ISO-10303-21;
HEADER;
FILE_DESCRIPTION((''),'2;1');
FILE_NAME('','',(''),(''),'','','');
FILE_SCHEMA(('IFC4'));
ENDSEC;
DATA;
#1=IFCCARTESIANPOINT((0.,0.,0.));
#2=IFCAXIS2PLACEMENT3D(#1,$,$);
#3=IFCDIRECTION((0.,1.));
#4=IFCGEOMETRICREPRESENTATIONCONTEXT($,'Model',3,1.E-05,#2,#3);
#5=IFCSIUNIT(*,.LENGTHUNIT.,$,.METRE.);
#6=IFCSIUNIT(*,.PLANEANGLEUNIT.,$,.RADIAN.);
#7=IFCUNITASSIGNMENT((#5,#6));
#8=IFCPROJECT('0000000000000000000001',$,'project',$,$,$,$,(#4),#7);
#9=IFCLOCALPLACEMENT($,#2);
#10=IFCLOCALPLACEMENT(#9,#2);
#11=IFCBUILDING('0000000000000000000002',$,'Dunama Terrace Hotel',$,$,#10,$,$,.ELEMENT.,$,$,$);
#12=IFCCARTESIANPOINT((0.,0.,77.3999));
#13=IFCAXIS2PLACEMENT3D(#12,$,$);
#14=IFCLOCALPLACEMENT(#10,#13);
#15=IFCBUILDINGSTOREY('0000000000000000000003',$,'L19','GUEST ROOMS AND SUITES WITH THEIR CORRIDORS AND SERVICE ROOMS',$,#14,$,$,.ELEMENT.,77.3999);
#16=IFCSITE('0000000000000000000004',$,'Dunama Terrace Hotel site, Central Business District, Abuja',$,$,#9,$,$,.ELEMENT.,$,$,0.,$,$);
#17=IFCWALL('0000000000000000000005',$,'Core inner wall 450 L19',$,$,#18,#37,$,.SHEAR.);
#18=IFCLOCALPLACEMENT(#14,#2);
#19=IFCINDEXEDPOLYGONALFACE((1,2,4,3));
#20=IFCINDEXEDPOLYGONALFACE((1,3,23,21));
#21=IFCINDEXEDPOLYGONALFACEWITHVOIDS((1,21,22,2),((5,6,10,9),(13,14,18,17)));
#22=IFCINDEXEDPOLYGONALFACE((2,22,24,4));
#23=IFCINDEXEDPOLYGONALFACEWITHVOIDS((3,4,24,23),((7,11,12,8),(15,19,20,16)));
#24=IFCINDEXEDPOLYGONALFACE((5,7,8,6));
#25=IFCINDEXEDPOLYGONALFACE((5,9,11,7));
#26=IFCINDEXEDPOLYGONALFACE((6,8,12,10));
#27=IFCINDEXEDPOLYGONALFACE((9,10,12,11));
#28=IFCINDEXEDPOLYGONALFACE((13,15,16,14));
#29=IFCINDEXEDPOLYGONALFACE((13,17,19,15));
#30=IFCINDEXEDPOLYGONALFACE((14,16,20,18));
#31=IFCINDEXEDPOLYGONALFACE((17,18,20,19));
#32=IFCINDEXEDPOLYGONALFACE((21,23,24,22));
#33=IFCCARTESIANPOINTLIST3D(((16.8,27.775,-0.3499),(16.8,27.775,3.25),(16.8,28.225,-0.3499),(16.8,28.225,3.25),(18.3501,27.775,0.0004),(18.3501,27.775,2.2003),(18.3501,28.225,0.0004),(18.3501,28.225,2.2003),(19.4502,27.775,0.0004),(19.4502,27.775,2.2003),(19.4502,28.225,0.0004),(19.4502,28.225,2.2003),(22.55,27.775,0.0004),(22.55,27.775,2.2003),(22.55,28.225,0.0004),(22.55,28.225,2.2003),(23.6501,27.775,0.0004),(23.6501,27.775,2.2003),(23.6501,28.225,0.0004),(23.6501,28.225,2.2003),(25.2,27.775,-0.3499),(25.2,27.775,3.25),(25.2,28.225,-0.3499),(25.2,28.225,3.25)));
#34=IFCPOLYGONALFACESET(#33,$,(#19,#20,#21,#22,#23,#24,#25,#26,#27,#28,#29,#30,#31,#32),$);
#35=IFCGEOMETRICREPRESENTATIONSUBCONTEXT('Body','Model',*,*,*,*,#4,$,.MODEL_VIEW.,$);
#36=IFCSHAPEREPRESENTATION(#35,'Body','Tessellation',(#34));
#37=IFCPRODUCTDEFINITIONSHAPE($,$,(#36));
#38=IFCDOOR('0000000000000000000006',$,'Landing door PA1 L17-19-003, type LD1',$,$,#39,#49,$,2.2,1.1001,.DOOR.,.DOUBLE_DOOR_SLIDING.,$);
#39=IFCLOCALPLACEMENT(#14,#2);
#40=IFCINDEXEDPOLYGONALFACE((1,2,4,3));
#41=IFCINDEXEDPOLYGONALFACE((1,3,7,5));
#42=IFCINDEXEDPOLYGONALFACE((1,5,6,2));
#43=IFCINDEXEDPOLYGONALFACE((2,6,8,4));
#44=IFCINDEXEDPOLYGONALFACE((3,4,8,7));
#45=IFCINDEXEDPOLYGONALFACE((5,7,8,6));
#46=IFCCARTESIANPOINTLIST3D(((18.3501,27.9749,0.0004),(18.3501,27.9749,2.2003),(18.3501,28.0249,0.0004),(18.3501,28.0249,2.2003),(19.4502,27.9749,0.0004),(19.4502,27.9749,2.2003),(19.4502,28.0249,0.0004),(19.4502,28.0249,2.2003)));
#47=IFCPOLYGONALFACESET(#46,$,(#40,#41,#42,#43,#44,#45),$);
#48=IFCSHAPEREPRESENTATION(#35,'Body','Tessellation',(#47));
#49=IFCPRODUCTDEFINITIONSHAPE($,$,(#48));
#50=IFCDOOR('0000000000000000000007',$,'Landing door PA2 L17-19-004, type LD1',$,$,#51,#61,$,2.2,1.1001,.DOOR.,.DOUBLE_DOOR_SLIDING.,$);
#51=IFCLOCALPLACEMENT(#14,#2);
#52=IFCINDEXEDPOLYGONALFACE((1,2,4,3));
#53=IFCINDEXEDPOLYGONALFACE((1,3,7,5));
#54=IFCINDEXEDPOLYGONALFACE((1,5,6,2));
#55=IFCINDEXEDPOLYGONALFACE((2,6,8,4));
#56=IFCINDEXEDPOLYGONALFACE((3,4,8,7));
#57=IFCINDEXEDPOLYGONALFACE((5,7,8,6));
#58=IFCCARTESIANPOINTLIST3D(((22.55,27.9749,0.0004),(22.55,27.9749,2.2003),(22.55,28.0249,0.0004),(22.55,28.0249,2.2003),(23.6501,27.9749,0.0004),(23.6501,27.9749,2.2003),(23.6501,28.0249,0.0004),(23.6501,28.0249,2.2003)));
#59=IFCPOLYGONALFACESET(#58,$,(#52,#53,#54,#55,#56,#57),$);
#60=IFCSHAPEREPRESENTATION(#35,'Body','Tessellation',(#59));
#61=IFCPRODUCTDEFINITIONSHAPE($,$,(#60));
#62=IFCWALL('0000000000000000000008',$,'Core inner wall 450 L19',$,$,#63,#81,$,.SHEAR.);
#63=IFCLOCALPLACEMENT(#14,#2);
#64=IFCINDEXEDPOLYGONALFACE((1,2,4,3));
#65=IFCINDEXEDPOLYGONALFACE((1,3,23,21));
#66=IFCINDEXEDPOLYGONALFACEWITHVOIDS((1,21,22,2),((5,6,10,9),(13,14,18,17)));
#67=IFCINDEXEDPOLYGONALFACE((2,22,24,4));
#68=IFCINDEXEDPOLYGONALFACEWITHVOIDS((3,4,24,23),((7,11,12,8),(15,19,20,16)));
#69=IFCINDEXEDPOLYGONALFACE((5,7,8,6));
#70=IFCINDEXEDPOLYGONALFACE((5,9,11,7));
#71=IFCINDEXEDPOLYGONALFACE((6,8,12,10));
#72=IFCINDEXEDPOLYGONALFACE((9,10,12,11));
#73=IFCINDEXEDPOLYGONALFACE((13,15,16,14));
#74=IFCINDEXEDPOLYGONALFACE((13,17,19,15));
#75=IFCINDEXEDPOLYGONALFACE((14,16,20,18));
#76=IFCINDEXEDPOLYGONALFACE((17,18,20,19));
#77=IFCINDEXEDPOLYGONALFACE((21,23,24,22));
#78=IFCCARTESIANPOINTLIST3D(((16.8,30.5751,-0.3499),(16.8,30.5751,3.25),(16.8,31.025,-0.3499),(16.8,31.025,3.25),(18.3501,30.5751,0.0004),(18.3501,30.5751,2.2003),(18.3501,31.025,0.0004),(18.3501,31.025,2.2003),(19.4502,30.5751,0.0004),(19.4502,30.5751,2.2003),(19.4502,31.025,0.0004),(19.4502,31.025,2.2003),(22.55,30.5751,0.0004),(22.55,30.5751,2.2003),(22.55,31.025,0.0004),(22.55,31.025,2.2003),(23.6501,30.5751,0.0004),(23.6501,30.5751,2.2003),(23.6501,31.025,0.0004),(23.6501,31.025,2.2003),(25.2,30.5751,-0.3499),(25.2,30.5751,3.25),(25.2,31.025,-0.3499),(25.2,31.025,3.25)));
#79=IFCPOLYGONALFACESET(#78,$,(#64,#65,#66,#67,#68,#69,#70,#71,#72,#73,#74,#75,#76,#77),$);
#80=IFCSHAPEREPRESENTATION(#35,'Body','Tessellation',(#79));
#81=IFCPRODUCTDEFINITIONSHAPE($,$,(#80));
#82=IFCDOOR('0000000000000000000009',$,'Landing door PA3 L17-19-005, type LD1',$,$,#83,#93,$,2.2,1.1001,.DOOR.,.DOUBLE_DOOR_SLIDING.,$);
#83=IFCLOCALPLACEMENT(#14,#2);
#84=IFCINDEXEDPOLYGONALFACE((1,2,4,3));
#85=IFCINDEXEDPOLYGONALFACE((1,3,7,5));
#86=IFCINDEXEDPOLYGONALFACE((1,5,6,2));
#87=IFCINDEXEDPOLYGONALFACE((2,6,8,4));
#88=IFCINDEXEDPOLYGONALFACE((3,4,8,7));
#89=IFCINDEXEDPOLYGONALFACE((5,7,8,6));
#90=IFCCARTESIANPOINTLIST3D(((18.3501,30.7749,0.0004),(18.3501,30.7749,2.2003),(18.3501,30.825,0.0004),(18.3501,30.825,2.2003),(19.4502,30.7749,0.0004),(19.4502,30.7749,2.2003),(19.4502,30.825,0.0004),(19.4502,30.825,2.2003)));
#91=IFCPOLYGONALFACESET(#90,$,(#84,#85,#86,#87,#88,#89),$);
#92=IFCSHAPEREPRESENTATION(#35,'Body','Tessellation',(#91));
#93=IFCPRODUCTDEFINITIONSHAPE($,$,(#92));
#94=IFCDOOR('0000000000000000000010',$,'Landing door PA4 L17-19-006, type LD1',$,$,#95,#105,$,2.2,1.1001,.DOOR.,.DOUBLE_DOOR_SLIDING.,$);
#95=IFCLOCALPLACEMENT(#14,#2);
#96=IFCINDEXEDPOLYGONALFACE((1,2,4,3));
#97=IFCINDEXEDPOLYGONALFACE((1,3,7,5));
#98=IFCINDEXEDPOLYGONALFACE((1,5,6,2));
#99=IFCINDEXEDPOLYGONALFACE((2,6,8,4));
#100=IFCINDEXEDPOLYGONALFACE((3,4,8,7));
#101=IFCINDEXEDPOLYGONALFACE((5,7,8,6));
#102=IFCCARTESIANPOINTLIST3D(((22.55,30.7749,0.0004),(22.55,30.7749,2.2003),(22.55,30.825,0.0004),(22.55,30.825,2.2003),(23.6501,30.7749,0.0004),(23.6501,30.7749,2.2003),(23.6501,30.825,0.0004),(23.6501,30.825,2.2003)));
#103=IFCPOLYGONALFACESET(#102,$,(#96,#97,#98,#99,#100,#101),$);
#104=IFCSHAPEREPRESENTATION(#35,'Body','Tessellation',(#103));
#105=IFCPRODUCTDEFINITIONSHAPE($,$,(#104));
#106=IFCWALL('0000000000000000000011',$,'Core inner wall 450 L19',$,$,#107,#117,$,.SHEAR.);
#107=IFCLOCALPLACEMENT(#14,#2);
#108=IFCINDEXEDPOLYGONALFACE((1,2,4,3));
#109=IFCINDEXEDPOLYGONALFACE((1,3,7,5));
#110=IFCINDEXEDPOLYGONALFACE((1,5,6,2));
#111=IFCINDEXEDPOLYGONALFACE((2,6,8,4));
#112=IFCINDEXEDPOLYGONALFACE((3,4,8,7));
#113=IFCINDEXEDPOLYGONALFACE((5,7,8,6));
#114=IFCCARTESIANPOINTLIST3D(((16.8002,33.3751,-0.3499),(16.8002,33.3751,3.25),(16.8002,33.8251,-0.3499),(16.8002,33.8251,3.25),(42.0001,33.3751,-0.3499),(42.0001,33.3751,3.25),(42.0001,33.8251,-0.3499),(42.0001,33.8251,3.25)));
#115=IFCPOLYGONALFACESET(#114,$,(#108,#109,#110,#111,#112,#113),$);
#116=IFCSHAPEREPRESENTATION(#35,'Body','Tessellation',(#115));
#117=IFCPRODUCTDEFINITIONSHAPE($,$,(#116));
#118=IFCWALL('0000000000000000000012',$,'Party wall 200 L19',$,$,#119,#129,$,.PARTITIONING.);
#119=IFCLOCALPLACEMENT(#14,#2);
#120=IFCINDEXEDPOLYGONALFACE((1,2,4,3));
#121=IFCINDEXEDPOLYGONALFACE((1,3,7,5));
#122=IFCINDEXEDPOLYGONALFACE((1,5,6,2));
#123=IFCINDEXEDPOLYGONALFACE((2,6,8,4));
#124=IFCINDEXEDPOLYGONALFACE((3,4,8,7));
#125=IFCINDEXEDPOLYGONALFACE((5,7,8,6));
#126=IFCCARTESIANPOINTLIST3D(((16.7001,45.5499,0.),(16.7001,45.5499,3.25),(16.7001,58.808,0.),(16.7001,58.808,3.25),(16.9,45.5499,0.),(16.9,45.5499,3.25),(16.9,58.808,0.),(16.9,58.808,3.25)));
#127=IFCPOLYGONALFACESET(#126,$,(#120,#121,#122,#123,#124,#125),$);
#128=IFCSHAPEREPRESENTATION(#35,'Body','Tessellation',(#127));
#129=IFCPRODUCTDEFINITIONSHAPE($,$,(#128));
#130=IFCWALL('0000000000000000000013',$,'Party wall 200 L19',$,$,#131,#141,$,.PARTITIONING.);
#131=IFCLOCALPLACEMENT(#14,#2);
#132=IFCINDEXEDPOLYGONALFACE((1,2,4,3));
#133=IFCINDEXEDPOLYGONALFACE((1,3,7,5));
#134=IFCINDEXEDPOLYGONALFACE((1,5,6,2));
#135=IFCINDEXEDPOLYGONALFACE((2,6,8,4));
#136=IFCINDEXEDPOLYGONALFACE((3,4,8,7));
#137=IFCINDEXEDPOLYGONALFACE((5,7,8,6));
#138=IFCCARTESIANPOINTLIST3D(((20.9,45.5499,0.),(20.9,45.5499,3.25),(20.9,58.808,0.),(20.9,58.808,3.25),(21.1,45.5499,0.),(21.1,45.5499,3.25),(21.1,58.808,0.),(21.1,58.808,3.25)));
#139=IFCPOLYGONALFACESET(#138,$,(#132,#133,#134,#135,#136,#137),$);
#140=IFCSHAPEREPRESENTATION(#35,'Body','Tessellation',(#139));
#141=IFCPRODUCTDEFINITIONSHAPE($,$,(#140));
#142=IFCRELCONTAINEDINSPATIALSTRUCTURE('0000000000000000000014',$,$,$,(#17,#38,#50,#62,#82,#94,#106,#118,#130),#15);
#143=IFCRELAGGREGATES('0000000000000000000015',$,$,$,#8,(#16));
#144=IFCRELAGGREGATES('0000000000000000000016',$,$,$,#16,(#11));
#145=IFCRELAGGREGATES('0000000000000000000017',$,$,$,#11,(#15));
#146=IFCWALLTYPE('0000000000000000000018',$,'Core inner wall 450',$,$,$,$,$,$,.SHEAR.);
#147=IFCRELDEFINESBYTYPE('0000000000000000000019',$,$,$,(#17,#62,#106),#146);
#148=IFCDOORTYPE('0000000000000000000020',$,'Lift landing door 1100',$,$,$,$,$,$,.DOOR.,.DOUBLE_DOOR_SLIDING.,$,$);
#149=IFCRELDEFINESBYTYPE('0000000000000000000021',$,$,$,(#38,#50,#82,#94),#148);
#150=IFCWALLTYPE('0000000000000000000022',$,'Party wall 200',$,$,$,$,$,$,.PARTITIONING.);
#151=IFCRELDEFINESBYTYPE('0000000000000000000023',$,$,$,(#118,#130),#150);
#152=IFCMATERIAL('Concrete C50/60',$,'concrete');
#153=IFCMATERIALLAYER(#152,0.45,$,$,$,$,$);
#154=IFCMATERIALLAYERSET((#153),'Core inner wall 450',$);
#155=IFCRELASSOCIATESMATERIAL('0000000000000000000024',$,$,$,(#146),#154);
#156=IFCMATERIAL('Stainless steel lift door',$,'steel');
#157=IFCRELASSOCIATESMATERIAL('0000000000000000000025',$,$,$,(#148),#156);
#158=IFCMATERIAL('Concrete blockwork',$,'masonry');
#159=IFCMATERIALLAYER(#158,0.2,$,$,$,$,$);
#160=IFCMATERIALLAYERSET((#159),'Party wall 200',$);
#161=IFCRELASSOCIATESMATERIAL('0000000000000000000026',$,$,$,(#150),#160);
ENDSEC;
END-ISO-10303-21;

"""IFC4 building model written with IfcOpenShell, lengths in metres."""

from ifc_helpers import new_model, si_unit, direction, frame, frame_2d, origin, place, context, subcontext, project, spatial, rectangle, extrude, material, layer, layer_set, type_object, element, fill, save


model = new_model("IFC4")

# Units and contexts
model_context = context("Model", 3, precision=1e-05, world=origin(), true_north=direction((0.0, 1.0)))
body_context = subcontext(model_context, "Body", "Model", "MODEL_VIEW")
ifc_project = project(units=[si_unit("LENGTHUNIT", "METRE"), si_unit("PLANEANGLEUNIT", "RADIAN")], contexts=[model_context])

# Site, building, storey
site_placement = place(None, origin())
site = spatial("IfcSite", under=ifc_project, at=site_placement, Name="Dunama Terrace Hotel site, Central Business District, Abuja", CompositionType="ELEMENT", RefElevation=0.0)
building_placement = place(site_placement, origin())
building = spatial("IfcBuilding", under=site, at=building_placement, Name="Dunama Terrace Hotel", CompositionType="ELEMENT")
storey_placement = place(building_placement, frame((0.0, 0.0, 77.3999)))
storey = spatial("IfcBuildingStorey", under=building, at=storey_placement, Name="L19", Description="GUEST ROOMS AND SUITES WITH THEIR CORRIDORS AND SERVICE ROOMS", CompositionType="ELEMENT", Elevation=77.3999)

# Walls, openings, doors
ifc_material_1 = material(Name="Concrete C50/60", Category="concrete")
ifc_layer_1 = layer(ifc_material_1, 0.45)
ifc_layer_set_1 = layer_set([ifc_layer_1], Name="Core inner wall 450")
wall_type_1 = type_object("IfcWallType", Name="Core inner wall 450", PredefinedType="SHEAR", material=ifc_layer_set_1)
wall_1_placement = place(storey_placement, frame((16.8, 28.0, -0.3499), z_axis=(0.0, 0.0, 1.0), x_axis=(1.0, 0.0, 0.0)))
wall_1 = element("IfcWall", 1, at=wall_1_placement, inside=storey, type_object=wall_type_1, Name="Core inner wall 450 L19", PredefinedType="SHEAR", context=body_context, shape_type="SweptSolid", body=[
    extrude(rectangle(XDim=8.3999, YDim=0.45, at=frame_2d((4.2, 0.0))), origin(), (0.0, 0.0, 1.0), 3.5999),
])
opening_1_placement = place(wall_1_placement, frame((1.55, 0.0, 0.3501)))
opening_1 = element("IfcOpeningElement", 2, at=opening_1_placement, cuts=wall_1, PredefinedType="OPENING", context=body_context, shape_type="SweptSolid", body=[
    extrude(rectangle(XDim=1.1001, YDim=2.2, at=frame_2d((0.55, 1.1001))), frame((0.0, 0.2349, 0.0), z_axis=(0.0, -1.0, 0.0), x_axis=(1.0, 0.0, 0.0)), (0.0, 0.0, 1.0), 0.47),
])
opening_2_placement = place(wall_1_placement, frame((5.75, 0.0, 0.3501)))
opening_2 = element("IfcOpeningElement", 3, at=opening_2_placement, cuts=wall_1, PredefinedType="OPENING", context=body_context, shape_type="SweptSolid", body=[
    extrude(rectangle(XDim=1.1001, YDim=2.2, at=frame_2d((0.55, 1.1001))), frame((0.0, 0.2349, 0.0), z_axis=(0.0, -1.0, 0.0), x_axis=(1.0, 0.0, 0.0)), (0.0, 0.0, 1.0), 0.47),
])
ifc_material_2 = material(Name="Stainless steel lift door", Category="steel")
door_type_1 = type_object("IfcDoorType", Name="Lift landing door 1100", OperationType="DOUBLE_DOOR_SLIDING", PredefinedType="DOOR", material=ifc_material_2)
door_1_placement = place(opening_1_placement, origin())
door_1 = element("IfcDoor", 4, at=door_1_placement, inside=storey, type_object=door_type_1, Name="Landing door PA1 L17-19-003, type LD1", OperationType="DOUBLE_DOOR_SLIDING", OverallHeight=2.2, OverallWidth=1.1001, PredefinedType="DOOR", context=body_context, shape_type="SweptSolid", body=[
    extrude(rectangle(XDim=1.1001, YDim=2.2, at=frame_2d((0.55, 1.1001))), frame((0.0, 0.0249, 0.0), z_axis=(0.0, -1.0, 0.0), x_axis=(1.0, 0.0, 0.0)), (0.0, 0.0, 1.0), 0.05),
])
fill(opening_1, door_1)
door_2_placement = place(opening_2_placement, origin())
door_2 = element("IfcDoor", 5, at=door_2_placement, inside=storey, type_object=door_type_1, Name="Landing door PA2 L17-19-004, type LD1", OperationType="DOUBLE_DOOR_SLIDING", OverallHeight=2.2, OverallWidth=1.1001, PredefinedType="DOOR", context=body_context, shape_type="SweptSolid", body=[
    extrude(rectangle(XDim=1.1001, YDim=2.2, at=frame_2d((0.55, 1.1001))), frame((0.0, 0.0249, 0.0), z_axis=(0.0, -1.0, 0.0), x_axis=(1.0, 0.0, 0.0)), (0.0, 0.0, 1.0), 0.05),
])
fill(opening_2, door_2)
wall_2_placement = place(storey_placement, frame((16.8, 30.8, -0.3499), z_axis=(0.0, 0.0, 1.0), x_axis=(1.0, 0.0, 0.0)))
wall_2 = element("IfcWall", 6, at=wall_2_placement, inside=storey, type_object=wall_type_1, Name="Core inner wall 450 L19", PredefinedType="SHEAR", context=body_context, shape_type="SweptSolid", body=[
    extrude(rectangle(XDim=8.3999, YDim=0.45, at=frame_2d((4.2, 0.0))), origin(), (0.0, 0.0, 1.0), 3.5999),
])
opening_3_placement = place(wall_2_placement, frame((1.55, 0.0, 0.3501)))
opening_3 = element("IfcOpeningElement", 7, at=opening_3_placement, cuts=wall_2, PredefinedType="OPENING", context=body_context, shape_type="SweptSolid", body=[
    extrude(rectangle(XDim=1.1001, YDim=2.2, at=frame_2d((0.55, 1.1001))), frame((0.0, 0.2349, 0.0), z_axis=(0.0, -1.0, 0.0), x_axis=(1.0, 0.0, 0.0)), (0.0, 0.0, 1.0), 0.47),
])
opening_4_placement = place(wall_2_placement, frame((5.75, 0.0, 0.3501)))
opening_4 = element("IfcOpeningElement", 8, at=opening_4_placement, cuts=wall_2, PredefinedType="OPENING", context=body_context, shape_type="SweptSolid", body=[
    extrude(rectangle(XDim=1.1001, YDim=2.2, at=frame_2d((0.55, 1.1001))), frame((0.0, 0.2349, 0.0), z_axis=(0.0, -1.0, 0.0), x_axis=(1.0, 0.0, 0.0)), (0.0, 0.0, 1.0), 0.47),
])
door_3_placement = place(opening_3_placement, origin())
door_3 = element("IfcDoor", 9, at=door_3_placement, inside=storey, type_object=door_type_1, Name="Landing door PA3 L17-19-005, type LD1", OperationType="DOUBLE_DOOR_SLIDING", OverallHeight=2.2, OverallWidth=1.1001, PredefinedType="DOOR", context=body_context, shape_type="SweptSolid", body=[
    extrude(rectangle(XDim=1.1001, YDim=2.2, at=frame_2d((0.55, 1.1001))), frame((0.0, 0.0249, 0.0), z_axis=(0.0, -1.0, 0.0), x_axis=(1.0, 0.0, 0.0)), (0.0, 0.0, 1.0), 0.05),
])
fill(opening_3, door_3)
door_4_placement = place(opening_4_placement, origin())
door_4 = element("IfcDoor", 10, at=door_4_placement, inside=storey, type_object=door_type_1, Name="Landing door PA4 L17-19-006, type LD1", OperationType="DOUBLE_DOOR_SLIDING", OverallHeight=2.2, OverallWidth=1.1001, PredefinedType="DOOR", context=body_context, shape_type="SweptSolid", body=[
    extrude(rectangle(XDim=1.1001, YDim=2.2, at=frame_2d((0.55, 1.1001))), frame((0.0, 0.0249, 0.0), z_axis=(0.0, -1.0, 0.0), x_axis=(1.0, 0.0, 0.0)), (0.0, 0.0, 1.0), 0.05),
])
fill(opening_4, door_4)

# Walls
wall_3_placement = place(storey_placement, frame((16.8, 33.6001, -0.3499), z_axis=(0.0, 0.0, 1.0), x_axis=(1.0, 0.0, 0.0)))
element("IfcWall", 11, at=wall_3_placement, inside=storey, type_object=wall_type_1, Name="Core inner wall 450 L19", PredefinedType="SHEAR", context=body_context, shape_type="SweptSolid", body=[
    extrude(rectangle(XDim=25.2, YDim=0.45, at=frame_2d((12.6001, 0.0))), origin(), (0.0, 0.0, 1.0), 3.5999),
])
ifc_material_3 = material(Name="Concrete blockwork", Category="masonry")
ifc_layer_2 = layer(ifc_material_3, 0.2)
ifc_layer_set_2 = layer_set([ifc_layer_2], Name="Party wall 200")
wall_type_2 = type_object("IfcWallType", Name="Party wall 200", PredefinedType="PARTITIONING", material=ifc_layer_set_2)
for number, where, z_axis, x_axis, name in (
    (12, (16.8, 45.55, 0.0), (0.0, 0.0, 1.0), (0.0, 1.0, 0.0), "Party wall 200 L19"),
    (13, (21.0, 45.55, 0.0), (0.0, 0.0, 1.0), (0.0, 1.0, 0.0), "Party wall 200 L19"),
):
    element("IfcWall", number, at=place(storey_placement, frame(where, z_axis=z_axis, x_axis=x_axis)), inside=storey, type_object=wall_type_2, Name=name, PredefinedType="PARTITIONING", context=body_context, shape_type="SweptSolid", body=[
        extrude(rectangle(XDim=13.2581, YDim=0.2, at=frame_2d((6.6289, 0.0))), origin(), (0.0, 0.0, 1.0), 3.25),
    ])

save(model, "model.ifc")
